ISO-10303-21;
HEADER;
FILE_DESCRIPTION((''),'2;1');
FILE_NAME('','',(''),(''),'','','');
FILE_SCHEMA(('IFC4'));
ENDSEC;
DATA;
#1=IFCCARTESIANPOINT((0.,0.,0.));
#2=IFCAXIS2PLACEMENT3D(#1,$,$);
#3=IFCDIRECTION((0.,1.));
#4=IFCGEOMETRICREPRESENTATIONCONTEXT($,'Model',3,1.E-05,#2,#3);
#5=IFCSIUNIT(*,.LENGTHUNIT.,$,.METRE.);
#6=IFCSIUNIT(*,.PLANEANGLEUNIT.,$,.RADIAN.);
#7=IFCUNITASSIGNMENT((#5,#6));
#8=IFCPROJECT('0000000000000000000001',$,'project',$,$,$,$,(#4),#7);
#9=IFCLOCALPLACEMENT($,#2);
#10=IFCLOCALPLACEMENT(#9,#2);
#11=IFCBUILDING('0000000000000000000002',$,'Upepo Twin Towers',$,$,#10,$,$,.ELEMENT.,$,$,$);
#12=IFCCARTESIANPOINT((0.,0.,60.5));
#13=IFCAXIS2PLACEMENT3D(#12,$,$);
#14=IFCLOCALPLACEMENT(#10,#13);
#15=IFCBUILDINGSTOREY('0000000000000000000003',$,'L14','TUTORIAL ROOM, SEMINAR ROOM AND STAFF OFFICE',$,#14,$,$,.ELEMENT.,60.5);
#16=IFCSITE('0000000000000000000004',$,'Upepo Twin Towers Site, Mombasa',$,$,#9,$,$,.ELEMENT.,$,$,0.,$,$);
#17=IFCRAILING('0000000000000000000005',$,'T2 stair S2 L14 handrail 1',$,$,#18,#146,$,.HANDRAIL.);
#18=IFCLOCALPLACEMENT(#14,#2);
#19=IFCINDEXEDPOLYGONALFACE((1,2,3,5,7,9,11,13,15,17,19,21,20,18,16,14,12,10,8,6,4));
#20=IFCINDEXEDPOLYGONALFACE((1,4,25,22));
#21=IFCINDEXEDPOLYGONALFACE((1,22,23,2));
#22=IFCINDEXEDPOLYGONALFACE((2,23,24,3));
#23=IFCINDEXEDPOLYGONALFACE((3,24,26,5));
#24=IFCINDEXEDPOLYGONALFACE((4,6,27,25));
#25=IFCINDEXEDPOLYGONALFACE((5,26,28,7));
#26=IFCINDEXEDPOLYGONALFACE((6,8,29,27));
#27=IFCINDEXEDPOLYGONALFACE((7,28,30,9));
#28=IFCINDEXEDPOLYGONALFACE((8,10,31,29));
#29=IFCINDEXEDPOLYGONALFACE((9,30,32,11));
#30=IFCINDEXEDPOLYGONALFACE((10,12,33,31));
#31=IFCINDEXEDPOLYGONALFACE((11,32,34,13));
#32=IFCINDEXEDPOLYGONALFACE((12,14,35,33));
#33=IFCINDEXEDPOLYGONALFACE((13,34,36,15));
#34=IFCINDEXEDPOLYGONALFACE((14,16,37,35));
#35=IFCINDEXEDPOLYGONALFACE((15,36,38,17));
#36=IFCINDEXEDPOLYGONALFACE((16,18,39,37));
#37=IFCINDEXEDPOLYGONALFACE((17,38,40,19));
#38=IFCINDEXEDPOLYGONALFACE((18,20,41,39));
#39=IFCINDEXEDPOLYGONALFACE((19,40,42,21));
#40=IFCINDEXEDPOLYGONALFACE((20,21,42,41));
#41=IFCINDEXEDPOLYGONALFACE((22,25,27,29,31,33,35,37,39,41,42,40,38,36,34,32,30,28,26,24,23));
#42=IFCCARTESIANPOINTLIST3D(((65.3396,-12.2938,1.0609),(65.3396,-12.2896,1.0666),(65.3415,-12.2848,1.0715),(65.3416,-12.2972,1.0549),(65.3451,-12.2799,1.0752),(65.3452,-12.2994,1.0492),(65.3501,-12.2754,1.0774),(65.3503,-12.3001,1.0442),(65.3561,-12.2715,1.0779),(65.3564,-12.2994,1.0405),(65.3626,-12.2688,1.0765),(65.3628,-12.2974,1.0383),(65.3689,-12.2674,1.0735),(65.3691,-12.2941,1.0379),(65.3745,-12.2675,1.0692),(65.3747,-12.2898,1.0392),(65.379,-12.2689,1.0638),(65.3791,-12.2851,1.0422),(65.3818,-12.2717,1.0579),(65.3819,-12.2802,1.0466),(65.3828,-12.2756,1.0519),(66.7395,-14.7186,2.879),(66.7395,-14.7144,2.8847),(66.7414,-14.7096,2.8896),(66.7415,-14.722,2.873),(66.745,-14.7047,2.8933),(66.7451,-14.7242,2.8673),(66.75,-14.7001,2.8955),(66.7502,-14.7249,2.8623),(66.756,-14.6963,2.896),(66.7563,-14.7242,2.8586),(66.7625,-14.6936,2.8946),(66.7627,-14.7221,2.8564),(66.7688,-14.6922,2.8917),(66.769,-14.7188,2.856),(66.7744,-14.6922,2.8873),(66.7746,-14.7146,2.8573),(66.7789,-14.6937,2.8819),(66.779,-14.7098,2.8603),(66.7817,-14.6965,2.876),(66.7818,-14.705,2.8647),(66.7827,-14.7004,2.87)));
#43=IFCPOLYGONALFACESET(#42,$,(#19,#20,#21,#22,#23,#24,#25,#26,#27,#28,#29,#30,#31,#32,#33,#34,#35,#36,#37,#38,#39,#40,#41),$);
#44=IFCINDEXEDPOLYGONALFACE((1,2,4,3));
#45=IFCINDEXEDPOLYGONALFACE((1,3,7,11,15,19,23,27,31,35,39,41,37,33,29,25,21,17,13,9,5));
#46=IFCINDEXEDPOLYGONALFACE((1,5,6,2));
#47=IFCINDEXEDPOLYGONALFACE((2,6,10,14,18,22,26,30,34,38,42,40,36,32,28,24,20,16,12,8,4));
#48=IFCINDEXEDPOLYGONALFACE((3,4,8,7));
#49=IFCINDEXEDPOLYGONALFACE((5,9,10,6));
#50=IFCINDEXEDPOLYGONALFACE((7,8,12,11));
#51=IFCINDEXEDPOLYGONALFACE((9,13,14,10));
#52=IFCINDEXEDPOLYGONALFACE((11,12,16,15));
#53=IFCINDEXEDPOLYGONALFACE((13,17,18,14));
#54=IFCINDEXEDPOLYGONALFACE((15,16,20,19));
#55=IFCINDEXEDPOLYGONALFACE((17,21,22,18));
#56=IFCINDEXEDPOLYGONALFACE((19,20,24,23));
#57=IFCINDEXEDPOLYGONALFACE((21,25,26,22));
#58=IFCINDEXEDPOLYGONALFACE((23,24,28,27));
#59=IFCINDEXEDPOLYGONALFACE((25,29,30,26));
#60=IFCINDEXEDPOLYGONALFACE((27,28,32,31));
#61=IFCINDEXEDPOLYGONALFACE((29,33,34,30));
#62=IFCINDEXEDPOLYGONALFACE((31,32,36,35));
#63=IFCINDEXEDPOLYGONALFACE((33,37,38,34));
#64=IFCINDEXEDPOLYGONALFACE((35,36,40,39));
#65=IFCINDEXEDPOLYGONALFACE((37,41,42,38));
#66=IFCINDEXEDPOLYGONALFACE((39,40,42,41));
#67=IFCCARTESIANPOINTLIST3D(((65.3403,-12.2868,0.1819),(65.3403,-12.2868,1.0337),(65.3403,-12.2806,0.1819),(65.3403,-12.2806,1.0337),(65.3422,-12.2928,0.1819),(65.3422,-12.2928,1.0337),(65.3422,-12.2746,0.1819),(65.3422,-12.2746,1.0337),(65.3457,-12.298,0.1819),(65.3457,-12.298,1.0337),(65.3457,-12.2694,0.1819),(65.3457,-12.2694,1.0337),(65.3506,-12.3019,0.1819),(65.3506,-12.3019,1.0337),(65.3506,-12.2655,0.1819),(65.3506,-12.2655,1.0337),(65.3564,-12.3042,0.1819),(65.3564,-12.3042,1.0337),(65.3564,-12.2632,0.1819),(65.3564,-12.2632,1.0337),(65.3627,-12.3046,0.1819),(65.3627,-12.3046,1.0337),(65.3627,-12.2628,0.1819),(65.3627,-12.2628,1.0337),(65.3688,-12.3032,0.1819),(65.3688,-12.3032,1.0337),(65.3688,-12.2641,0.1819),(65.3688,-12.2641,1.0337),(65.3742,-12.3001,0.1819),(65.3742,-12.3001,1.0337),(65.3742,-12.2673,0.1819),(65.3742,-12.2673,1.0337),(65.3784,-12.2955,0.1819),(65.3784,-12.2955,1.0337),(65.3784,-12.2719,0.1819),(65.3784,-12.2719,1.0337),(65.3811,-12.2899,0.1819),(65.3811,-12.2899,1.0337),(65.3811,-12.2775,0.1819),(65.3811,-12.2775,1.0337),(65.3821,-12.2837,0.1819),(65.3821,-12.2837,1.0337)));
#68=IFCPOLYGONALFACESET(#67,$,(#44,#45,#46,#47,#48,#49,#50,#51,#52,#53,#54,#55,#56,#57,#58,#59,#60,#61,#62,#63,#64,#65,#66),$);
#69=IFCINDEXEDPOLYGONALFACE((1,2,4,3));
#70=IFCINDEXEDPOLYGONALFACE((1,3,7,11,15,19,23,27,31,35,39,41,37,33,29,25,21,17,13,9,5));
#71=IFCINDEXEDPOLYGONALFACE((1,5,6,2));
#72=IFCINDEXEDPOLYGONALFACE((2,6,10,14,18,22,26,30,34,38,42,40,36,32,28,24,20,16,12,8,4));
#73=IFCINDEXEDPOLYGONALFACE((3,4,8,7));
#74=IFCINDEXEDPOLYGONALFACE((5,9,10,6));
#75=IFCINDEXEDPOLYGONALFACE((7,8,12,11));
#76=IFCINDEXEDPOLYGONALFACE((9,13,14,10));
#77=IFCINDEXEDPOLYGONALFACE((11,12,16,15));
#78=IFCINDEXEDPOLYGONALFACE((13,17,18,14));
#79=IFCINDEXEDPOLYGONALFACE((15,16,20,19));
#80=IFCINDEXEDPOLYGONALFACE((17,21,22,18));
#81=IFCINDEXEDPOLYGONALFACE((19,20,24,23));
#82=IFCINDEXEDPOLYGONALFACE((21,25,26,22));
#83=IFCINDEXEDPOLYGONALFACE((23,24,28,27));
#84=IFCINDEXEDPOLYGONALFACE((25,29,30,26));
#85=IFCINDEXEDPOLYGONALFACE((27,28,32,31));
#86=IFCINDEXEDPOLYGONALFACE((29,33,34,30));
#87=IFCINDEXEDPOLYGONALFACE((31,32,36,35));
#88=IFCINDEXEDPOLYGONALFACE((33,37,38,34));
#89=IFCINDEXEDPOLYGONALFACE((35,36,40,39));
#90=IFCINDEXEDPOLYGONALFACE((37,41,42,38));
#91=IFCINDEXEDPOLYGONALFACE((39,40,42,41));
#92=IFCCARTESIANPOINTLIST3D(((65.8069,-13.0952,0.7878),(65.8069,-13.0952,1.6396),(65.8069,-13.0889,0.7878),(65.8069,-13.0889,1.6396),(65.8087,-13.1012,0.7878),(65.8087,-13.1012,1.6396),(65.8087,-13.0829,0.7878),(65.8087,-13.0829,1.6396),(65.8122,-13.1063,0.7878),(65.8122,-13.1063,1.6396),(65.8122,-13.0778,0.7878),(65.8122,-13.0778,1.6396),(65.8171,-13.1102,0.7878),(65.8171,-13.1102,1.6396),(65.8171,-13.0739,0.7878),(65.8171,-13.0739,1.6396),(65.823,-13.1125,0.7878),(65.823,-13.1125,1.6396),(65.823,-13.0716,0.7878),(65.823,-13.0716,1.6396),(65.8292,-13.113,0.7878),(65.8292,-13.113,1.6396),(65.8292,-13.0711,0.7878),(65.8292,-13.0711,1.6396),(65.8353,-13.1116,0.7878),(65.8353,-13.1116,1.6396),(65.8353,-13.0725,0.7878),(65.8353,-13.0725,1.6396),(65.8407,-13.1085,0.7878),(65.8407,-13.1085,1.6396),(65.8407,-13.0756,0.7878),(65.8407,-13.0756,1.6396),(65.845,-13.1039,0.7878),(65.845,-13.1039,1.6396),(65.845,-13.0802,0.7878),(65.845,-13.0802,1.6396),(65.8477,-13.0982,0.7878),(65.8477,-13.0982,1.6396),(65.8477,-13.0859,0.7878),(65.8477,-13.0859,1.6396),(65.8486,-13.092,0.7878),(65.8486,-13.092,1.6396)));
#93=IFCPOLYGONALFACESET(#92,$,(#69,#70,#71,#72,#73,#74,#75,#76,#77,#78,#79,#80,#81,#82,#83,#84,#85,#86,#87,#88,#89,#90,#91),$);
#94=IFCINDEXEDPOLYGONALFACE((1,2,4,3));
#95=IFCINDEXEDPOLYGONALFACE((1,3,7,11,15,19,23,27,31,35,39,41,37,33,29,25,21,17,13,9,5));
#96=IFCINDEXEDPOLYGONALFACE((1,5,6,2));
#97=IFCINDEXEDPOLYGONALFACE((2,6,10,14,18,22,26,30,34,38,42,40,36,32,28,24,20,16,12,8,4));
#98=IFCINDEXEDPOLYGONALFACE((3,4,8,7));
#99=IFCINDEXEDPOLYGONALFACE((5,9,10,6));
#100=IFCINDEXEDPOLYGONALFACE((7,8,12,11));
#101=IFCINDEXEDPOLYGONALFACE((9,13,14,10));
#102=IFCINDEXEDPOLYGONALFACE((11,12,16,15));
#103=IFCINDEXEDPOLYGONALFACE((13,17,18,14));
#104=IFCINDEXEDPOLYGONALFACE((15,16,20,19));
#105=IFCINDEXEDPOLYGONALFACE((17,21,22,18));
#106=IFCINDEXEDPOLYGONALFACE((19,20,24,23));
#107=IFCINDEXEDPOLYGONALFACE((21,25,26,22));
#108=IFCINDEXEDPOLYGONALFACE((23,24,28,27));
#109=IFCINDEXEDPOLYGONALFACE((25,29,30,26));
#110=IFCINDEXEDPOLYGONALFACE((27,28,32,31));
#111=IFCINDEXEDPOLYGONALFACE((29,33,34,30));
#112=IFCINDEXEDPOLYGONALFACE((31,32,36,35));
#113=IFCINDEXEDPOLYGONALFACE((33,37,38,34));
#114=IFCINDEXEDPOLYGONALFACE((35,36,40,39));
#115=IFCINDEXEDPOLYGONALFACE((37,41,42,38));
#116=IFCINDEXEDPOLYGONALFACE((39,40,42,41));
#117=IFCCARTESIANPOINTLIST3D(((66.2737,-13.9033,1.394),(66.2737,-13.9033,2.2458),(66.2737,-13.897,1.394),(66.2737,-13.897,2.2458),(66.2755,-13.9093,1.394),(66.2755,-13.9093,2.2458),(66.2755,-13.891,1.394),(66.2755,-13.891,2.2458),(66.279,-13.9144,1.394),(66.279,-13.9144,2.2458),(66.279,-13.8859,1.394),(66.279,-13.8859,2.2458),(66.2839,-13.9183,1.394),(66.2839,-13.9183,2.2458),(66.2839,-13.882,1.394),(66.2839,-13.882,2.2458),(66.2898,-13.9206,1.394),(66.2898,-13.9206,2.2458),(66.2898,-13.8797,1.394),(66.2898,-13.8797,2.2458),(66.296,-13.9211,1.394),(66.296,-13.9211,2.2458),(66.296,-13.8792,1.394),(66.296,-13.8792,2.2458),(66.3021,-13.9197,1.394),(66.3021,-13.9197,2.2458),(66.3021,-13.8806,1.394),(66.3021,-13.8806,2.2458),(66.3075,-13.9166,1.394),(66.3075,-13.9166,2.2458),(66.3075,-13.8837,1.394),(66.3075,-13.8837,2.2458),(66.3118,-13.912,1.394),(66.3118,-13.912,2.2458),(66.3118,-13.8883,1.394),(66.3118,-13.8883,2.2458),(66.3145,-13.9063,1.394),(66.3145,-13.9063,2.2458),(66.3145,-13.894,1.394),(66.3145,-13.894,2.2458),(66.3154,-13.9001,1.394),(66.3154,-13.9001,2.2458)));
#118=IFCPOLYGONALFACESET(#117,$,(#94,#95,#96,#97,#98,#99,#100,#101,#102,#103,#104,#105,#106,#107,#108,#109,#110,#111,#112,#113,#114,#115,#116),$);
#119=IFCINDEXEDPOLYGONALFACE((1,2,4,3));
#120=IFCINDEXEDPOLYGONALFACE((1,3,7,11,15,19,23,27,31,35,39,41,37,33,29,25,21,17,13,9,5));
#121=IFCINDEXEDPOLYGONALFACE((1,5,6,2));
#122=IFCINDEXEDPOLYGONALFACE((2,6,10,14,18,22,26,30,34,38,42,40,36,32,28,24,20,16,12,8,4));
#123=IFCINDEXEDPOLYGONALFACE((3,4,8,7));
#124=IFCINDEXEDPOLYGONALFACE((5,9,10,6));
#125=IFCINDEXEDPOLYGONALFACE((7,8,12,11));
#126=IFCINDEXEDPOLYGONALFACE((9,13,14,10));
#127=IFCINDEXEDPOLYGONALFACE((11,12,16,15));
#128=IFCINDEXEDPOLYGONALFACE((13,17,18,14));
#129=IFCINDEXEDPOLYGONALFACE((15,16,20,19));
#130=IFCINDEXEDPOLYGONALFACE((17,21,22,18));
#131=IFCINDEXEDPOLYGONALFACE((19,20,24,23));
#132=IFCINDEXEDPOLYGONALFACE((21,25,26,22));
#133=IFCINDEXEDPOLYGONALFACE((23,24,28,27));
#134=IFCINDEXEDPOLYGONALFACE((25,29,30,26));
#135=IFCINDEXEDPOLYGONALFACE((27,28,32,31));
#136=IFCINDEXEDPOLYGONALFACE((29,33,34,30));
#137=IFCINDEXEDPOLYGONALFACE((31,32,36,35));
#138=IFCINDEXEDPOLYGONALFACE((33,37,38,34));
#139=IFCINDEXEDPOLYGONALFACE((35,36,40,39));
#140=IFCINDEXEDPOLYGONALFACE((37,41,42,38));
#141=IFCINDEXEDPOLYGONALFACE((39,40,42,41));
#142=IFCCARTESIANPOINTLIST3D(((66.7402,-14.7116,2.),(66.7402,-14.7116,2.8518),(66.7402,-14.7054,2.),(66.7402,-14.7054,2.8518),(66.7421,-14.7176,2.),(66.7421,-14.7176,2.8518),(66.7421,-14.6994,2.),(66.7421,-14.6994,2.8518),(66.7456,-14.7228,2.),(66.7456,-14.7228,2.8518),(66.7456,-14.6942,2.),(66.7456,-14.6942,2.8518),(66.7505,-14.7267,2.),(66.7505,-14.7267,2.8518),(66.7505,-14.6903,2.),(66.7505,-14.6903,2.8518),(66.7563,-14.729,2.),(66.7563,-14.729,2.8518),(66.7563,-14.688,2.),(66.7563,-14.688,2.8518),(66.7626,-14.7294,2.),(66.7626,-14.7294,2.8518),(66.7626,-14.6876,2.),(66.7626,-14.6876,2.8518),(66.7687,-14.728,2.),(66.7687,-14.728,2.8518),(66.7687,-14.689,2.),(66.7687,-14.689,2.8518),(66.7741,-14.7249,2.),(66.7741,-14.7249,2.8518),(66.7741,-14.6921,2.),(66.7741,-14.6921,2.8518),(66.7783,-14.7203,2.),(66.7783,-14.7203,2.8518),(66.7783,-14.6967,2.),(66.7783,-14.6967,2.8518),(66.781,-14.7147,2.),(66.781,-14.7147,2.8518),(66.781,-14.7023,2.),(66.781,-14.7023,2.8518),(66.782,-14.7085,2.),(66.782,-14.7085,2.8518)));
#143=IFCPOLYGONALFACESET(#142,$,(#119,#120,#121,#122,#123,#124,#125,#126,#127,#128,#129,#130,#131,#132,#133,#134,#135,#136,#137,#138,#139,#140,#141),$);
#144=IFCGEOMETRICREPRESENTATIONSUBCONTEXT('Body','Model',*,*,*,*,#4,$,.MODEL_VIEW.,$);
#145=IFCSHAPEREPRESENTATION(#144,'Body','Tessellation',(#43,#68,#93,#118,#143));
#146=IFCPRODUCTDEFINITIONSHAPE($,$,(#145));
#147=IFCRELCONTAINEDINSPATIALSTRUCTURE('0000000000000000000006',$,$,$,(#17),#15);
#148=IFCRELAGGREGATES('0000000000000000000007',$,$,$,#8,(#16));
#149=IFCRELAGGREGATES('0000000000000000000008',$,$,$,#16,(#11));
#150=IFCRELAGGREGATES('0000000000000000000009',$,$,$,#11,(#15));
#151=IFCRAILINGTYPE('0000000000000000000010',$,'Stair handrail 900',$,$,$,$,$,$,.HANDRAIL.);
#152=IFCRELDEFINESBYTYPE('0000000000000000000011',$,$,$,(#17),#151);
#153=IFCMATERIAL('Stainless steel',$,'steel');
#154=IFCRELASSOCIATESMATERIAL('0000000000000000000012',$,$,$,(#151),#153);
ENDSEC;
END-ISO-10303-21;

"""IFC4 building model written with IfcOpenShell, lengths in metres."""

from ifc_helpers import new_model, si_unit, direction, frame, origin, origin_2d, place, context, subcontext, project, spatial, circle, extrude, material, type_object, element, save


model = new_model("IFC4")

# Units and contexts
model_context = context("Model", 3, precision=1e-05, world=origin(), true_north=direction((0.0, 1.0)))
body_context = subcontext(model_context, "Body", "Model", "MODEL_VIEW")
ifc_project = project(units=[si_unit("LENGTHUNIT", "METRE"), si_unit("PLANEANGLEUNIT", "RADIAN")], contexts=[model_context])

# Site, building, storey
site_placement = place(None, origin())
site = spatial("IfcSite", under=ifc_project, at=site_placement, Name="Upepo Twin Towers Site, Mombasa", CompositionType="ELEMENT", RefElevation=0.0)
building_placement = place(site_placement, origin())
building = spatial("IfcBuilding", under=site, at=building_placement, Name="Upepo Twin Towers", CompositionType="ELEMENT")
storey_placement = place(building_placement, frame((0.0, 0.0, 60.5)))
storey = spatial("IfcBuildingStorey", under=building, at=storey_placement, Name="L14", Description="TUTORIAL ROOM, SEMINAR ROOM AND STAFF OFFICE", CompositionType="ELEMENT", Elevation=60.5)

# Railing
ifc_material_1 = material(Name="Stainless steel", Category="steel")
railing_type = type_object("IfcRailingType", Name="Stair handrail 900", PredefinedType="HANDRAIL", material=ifc_material_1)
railing_1_placement = place(storey_placement, frame((65.3611, -12.2837, 0.1819)))
element("IfcRailing", 1, at=railing_1_placement, inside=storey, type_object=railing_type, Name="T2 stair S2 L14 handrail 1", PredefinedType="HANDRAIL", context=body_context, shape_type="SweptSolid", body=[
    extrude(circle(Radius=0.0239, at=origin_2d()), frame((0.0, 0.0, 0.876), z_axis=(0.419333, -0.726336, 0.544606), x_axis=(0.866035, 0.499984, 0.0)), (0.0, 0.0, 1.0), 3.3384),
    extrude(circle(Radius=0.021, at=origin_2d()), origin(), (0.0, 0.0, 1.0), 0.8518),
    extrude(circle(Radius=0.021, at=origin_2d()), frame((0.4666, -0.8083, 0.606)), (0.0, 0.0, 1.0), 0.8518),
    extrude(circle(Radius=0.021, at=origin_2d()), frame((0.9333, -1.6165, 1.2122)), (0.0, 0.0, 1.0), 0.8518),
    extrude(circle(Radius=0.021, at=origin_2d()), frame((1.3999, -2.4248, 1.8181)), (0.0, 0.0, 1.0), 0.8518),
])

save(model, "model.ifc")
